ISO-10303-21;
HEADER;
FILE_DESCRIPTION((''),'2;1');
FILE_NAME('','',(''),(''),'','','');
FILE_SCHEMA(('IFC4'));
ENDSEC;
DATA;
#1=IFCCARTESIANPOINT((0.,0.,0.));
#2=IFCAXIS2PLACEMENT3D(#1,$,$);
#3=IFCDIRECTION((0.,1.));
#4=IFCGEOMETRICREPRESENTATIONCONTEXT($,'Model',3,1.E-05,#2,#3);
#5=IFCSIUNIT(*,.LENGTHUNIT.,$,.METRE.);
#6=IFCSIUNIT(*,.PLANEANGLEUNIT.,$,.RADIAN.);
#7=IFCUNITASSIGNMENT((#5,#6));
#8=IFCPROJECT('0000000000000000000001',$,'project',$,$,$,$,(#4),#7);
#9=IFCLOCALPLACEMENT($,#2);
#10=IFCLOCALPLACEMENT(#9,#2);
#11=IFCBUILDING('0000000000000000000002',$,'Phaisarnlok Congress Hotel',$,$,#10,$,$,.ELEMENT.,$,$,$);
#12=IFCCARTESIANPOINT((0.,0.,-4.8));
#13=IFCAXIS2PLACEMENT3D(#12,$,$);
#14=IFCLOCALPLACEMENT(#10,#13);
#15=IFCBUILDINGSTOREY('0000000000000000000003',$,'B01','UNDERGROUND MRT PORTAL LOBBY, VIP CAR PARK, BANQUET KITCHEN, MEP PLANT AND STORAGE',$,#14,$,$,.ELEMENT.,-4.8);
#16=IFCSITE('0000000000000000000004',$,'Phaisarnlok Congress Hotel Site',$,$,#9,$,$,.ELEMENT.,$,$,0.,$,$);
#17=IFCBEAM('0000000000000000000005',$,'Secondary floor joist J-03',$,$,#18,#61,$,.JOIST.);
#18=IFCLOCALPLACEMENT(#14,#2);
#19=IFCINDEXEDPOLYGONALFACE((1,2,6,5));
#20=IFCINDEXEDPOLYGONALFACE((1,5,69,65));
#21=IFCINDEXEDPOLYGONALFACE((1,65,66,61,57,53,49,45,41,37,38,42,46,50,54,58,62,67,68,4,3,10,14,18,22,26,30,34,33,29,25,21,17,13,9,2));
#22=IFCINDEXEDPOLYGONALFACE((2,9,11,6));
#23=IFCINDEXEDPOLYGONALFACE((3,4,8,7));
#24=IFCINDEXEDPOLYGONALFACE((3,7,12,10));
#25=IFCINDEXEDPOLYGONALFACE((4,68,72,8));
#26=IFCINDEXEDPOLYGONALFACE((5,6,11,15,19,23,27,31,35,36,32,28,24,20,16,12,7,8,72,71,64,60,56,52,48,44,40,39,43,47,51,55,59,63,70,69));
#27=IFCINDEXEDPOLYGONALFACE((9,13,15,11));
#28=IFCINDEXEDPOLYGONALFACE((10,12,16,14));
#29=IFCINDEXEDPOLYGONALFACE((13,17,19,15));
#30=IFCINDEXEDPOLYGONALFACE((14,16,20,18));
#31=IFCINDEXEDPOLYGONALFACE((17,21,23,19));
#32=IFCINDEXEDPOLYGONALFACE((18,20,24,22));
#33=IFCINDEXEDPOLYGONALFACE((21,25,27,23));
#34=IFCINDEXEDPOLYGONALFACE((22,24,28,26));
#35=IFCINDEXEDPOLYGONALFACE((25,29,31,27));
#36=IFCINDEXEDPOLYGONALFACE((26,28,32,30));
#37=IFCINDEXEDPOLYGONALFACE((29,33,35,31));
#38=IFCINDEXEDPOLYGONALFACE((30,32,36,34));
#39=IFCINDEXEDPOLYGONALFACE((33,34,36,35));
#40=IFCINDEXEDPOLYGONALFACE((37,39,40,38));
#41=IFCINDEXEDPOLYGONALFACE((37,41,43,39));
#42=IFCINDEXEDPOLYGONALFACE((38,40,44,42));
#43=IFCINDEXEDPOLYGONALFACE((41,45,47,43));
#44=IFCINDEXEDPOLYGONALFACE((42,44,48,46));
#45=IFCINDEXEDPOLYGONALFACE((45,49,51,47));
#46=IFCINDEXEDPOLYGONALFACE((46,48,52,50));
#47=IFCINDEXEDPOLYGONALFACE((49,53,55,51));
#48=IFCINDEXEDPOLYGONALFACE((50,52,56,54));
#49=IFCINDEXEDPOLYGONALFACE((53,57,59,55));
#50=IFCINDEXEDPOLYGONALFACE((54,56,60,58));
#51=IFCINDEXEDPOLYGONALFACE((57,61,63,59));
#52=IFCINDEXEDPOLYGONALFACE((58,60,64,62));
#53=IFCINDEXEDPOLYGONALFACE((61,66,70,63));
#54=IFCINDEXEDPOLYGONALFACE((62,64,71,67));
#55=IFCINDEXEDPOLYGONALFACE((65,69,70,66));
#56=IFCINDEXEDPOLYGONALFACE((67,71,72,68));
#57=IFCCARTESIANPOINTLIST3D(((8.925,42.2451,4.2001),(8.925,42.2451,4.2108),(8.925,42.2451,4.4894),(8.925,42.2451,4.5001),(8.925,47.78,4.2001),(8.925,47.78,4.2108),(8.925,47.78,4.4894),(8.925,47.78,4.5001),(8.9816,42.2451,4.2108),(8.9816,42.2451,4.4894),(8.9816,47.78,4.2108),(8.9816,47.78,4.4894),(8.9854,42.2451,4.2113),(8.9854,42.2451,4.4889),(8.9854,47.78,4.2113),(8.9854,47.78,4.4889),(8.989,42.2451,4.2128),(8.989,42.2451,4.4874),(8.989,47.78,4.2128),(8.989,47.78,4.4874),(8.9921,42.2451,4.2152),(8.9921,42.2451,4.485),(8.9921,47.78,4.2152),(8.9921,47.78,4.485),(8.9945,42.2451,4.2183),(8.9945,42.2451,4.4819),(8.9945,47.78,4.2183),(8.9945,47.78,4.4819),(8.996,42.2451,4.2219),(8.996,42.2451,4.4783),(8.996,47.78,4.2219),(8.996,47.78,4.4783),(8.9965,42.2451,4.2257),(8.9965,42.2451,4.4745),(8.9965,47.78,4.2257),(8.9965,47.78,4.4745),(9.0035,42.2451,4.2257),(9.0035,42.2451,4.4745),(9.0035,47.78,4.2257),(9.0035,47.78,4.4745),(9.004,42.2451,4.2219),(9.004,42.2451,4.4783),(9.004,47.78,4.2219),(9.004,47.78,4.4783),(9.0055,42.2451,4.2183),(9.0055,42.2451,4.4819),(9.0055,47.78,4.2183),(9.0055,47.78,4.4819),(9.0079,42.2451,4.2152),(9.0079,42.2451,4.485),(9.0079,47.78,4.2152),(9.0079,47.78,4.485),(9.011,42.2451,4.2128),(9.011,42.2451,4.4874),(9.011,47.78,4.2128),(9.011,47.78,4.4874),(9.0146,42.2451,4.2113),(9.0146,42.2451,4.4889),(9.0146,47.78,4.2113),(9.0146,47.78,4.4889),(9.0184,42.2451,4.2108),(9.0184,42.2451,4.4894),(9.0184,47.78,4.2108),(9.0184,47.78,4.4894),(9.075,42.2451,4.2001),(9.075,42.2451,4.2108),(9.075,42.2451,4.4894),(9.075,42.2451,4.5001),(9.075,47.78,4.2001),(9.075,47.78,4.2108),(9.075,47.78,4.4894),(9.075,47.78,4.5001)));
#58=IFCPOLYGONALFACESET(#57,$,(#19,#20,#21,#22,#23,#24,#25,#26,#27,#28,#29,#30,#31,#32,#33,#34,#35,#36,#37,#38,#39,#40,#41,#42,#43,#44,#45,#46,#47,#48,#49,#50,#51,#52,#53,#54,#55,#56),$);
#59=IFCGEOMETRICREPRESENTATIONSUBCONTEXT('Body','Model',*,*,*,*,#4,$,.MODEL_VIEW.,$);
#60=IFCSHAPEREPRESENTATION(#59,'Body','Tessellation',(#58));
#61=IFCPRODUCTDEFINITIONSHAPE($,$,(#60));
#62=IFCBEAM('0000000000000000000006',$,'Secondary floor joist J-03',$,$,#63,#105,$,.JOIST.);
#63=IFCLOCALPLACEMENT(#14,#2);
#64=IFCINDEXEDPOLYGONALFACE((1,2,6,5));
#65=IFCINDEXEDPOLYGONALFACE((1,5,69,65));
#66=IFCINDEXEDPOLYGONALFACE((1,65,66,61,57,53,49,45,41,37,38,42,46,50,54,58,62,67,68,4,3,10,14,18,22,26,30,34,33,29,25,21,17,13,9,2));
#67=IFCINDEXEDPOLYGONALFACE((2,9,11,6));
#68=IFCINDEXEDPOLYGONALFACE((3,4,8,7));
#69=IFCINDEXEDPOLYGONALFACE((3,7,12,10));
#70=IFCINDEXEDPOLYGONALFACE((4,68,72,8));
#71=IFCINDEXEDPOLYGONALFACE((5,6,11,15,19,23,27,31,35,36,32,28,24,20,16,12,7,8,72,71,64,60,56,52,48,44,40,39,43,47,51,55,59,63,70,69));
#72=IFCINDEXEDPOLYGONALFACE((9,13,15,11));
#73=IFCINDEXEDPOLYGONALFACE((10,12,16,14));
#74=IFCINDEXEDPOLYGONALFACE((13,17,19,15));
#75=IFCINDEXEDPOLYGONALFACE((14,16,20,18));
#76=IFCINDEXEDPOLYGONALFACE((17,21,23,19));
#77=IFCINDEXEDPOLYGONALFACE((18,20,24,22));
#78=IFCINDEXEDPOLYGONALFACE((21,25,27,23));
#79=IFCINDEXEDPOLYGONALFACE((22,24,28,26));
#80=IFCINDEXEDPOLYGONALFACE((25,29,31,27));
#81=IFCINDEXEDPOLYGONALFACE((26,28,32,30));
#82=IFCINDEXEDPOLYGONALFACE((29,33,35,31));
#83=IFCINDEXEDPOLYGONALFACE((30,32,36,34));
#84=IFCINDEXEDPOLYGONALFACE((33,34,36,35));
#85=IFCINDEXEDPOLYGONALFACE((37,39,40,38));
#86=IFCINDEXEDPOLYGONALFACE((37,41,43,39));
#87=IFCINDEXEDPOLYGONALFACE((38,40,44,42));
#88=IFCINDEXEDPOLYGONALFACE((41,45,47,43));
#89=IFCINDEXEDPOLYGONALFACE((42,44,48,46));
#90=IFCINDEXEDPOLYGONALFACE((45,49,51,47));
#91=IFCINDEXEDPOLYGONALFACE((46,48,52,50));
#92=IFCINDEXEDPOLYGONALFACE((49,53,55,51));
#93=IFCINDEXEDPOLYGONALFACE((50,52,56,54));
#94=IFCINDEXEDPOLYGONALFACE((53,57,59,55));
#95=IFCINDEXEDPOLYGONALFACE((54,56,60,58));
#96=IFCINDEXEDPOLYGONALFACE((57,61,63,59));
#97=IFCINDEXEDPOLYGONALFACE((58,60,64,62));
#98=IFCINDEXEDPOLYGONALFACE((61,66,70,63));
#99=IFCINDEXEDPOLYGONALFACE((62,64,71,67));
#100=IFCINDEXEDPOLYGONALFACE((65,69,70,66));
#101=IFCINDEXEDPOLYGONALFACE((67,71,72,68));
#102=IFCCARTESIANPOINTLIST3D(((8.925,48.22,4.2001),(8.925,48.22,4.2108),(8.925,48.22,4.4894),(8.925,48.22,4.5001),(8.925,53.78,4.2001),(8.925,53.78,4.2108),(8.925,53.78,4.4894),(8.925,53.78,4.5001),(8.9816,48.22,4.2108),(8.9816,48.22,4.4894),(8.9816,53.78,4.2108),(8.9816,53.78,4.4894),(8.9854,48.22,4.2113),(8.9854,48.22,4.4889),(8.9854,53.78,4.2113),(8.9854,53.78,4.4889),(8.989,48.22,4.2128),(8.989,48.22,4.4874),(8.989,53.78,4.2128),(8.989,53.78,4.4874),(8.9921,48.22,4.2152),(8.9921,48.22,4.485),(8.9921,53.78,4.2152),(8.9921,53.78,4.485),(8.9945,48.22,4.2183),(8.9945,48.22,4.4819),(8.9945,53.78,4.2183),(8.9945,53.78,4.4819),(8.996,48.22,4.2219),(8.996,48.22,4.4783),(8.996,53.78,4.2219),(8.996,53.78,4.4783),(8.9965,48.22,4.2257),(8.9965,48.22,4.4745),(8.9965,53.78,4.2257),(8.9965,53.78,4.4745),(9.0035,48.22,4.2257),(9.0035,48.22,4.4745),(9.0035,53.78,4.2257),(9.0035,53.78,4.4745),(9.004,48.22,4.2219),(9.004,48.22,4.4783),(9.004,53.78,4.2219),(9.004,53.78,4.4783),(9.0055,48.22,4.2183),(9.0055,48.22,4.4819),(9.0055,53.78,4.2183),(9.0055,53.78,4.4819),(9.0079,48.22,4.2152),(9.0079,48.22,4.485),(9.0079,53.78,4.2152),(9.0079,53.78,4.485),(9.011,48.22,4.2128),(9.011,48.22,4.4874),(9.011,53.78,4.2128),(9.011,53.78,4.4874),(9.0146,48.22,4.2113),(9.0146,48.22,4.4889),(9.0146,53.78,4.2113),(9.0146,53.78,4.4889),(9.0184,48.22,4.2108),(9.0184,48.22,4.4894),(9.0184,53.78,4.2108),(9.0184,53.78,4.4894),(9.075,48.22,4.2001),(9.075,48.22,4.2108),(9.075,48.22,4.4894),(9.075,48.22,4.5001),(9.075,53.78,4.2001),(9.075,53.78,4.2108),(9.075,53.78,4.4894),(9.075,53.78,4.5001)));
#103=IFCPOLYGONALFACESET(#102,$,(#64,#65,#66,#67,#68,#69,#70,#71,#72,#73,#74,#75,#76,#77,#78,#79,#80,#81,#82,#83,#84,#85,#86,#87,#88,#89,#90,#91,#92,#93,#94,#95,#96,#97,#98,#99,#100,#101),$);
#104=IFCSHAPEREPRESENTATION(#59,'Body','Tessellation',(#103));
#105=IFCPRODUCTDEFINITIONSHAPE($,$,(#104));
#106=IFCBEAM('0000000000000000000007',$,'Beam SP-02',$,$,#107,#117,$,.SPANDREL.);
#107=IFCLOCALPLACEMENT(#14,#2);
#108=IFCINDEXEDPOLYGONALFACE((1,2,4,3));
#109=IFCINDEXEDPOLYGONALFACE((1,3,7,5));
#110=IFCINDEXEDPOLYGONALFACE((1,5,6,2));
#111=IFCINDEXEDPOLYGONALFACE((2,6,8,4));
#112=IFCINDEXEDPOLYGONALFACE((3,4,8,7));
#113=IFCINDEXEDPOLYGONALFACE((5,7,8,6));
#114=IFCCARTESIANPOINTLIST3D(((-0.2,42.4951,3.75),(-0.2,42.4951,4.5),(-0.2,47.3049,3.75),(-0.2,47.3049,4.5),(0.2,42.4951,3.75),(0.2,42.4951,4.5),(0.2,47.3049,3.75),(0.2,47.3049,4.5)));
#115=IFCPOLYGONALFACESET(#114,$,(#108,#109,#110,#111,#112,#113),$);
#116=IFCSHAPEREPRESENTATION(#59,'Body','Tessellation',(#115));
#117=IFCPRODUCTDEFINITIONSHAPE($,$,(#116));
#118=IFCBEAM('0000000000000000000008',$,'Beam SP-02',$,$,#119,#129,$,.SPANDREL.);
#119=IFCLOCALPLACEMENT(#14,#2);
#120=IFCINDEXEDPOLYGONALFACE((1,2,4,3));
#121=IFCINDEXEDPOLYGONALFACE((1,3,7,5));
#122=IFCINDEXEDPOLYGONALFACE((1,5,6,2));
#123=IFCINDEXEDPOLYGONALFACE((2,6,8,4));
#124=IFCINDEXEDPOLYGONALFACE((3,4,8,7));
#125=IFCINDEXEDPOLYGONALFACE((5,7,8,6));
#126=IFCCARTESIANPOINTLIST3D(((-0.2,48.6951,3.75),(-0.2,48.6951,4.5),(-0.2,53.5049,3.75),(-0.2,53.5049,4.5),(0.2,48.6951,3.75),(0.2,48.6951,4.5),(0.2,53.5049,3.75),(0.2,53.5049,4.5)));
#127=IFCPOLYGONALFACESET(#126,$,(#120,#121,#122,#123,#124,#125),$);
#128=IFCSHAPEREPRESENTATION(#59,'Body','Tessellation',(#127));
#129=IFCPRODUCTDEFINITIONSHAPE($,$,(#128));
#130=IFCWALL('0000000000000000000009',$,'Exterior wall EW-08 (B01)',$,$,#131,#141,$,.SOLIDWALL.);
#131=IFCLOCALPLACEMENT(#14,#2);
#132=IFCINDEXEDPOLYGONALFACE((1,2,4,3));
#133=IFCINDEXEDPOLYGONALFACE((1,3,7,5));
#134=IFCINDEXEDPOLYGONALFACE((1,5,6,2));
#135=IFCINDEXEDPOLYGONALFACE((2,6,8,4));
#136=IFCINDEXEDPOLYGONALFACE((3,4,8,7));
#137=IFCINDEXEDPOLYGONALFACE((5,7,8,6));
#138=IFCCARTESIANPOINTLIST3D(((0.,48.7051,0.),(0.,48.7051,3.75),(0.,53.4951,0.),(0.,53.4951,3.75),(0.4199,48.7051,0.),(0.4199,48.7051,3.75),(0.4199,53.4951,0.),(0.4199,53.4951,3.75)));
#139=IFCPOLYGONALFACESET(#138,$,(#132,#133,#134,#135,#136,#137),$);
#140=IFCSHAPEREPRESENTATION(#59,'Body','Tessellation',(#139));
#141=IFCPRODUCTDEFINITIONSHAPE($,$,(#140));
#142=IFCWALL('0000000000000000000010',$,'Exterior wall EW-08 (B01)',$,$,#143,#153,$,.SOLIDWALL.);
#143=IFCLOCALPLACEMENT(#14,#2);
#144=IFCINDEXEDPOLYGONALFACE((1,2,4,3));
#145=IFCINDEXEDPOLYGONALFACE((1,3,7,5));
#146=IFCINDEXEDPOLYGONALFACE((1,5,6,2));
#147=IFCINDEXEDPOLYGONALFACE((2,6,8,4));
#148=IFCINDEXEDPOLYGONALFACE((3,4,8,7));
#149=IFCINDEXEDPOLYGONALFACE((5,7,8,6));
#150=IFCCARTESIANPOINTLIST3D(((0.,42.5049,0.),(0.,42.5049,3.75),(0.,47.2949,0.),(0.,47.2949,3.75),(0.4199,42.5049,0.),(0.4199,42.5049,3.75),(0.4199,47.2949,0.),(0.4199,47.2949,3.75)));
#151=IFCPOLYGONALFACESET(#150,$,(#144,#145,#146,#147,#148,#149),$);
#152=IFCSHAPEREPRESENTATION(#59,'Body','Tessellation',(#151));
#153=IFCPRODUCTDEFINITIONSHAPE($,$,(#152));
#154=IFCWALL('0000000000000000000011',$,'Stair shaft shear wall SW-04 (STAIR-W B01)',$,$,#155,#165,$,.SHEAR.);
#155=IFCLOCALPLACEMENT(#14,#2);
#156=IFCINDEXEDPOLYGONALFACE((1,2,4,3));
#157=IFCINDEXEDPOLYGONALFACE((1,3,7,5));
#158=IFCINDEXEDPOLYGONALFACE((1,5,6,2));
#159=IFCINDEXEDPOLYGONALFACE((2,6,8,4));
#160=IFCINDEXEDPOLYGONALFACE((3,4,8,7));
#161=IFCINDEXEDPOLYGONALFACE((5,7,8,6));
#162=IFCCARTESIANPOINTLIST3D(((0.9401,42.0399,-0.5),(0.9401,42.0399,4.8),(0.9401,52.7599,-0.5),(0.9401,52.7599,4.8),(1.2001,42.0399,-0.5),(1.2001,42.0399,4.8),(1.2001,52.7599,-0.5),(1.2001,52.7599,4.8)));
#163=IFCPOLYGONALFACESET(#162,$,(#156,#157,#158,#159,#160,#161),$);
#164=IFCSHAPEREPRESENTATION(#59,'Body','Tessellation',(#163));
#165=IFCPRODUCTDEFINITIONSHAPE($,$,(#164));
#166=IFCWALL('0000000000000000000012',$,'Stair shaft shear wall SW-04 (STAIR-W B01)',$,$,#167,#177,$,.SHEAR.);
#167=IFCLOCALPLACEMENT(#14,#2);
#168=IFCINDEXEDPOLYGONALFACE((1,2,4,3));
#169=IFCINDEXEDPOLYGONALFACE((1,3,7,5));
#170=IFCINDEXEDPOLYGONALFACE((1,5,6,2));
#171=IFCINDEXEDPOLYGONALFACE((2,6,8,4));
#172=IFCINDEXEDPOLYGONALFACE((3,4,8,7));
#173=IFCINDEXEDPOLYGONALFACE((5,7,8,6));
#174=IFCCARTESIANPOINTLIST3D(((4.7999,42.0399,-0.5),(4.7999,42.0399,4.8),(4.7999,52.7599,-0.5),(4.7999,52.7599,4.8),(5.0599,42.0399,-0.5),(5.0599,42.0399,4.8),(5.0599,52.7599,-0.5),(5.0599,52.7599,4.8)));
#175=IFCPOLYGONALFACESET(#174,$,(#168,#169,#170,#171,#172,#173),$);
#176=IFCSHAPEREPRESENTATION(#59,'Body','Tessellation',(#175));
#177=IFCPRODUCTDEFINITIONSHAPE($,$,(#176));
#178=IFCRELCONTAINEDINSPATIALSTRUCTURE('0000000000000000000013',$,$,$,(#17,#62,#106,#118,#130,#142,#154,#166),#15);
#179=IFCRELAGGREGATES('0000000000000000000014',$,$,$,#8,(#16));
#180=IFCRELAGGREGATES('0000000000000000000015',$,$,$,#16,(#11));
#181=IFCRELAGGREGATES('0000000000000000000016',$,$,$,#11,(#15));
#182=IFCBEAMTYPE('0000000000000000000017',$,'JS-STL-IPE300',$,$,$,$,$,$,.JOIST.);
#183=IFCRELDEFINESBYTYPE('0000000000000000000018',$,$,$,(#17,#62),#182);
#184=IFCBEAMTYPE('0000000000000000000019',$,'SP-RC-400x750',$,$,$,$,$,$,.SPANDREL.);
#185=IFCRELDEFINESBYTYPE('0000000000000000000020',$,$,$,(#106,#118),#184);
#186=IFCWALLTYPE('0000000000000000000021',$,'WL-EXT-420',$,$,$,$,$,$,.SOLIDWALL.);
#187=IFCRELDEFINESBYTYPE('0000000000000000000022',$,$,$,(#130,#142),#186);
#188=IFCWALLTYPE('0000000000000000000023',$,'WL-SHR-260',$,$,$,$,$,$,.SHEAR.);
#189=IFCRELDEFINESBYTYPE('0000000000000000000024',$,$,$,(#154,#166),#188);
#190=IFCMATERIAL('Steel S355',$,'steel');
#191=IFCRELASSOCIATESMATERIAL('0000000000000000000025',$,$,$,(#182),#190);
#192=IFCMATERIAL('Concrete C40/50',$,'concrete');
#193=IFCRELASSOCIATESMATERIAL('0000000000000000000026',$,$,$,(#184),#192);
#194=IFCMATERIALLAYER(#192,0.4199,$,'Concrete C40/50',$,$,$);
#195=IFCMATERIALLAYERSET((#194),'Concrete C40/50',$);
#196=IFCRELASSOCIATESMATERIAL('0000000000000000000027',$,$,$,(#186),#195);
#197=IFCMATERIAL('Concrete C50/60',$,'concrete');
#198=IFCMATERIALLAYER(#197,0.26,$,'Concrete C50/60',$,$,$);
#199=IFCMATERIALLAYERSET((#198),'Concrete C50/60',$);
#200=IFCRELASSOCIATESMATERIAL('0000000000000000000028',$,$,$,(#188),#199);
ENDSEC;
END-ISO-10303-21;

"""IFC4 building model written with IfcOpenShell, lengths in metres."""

from ifc_helpers import new_model, si_unit, direction, frame, frame_2d, origin, origin_2d, place, context, subcontext, project, spatial, rectangle, i_section, extrude, material, layer, layer_set, material_profile, profile_set, type_object, element, save


model = new_model("IFC4")

# Units and contexts
model_context = context("Model", 3, precision=1e-05, world=origin(), true_north=direction((0.0, 1.0)))
body_context = subcontext(model_context, "Body", "Model", "MODEL_VIEW")
ifc_project = project(units=[si_unit("LENGTHUNIT", "METRE"), si_unit("PLANEANGLEUNIT", "RADIAN")], contexts=[model_context])

# Site, building, storey
site_placement = place(None, origin())
site = spatial("IfcSite", under=ifc_project, at=site_placement, Name="Phaisarnlok Congress Hotel Site", CompositionType="ELEMENT", RefElevation=0.0)
building_placement = place(site_placement, origin())
building = spatial("IfcBuilding", under=site, at=building_placement, Name="Phaisarnlok Congress Hotel", CompositionType="ELEMENT")
storey_placement = place(building_placement, frame((0.0, 0.0, -4.8)))
storey = spatial("IfcBuildingStorey", under=building, at=storey_placement, Name="B01", Description="UNDERGROUND MRT PORTAL LOBBY, VIP CAR PARK, BANQUET KITCHEN, MEP PLANT AND STORAGE", CompositionType="ELEMENT", Elevation=-4.8)

# Shared definitions
ifc_material_1 = material(Name="Concrete C40/50", Category="concrete")

# Shared definitions
ifc_material_2 = material(Name="Concrete C50/60", Category="concrete")

# Beams
ifc_material_3 = material(Name="Steel S355", Category="steel")
ifc_material_profile_1 = material_profile(ifc_material_3, i_section(OverallWidth=0.1499, OverallDepth=0.3, WebThickness=0.0071, FlangeThickness=0.0107, FilletRadius=0.0149, at=origin_2d()), Name="IPE 300")
ifc_profile_set_1 = profile_set([ifc_material_profile_1], Name="Steel S355")
beam_type_1 = type_object("IfcBeamType", Name="JS-STL-IPE300", PredefinedType="JOIST", material=ifc_profile_set_1)
beam_1_placement = place(storey_placement, frame((9.0, 42.2451, 4.3501), z_axis=(0.0, 1.0, 0.0), x_axis=(-1.0, 0.0, 0.0)))
element("IfcBeam", 1, at=beam_1_placement, inside=storey, type_object=beam_type_1, Name="Secondary floor joist J-03", PredefinedType="JOIST", context=body_context, shape_type="SweptSolid", body=[
    extrude(i_section(OverallWidth=0.1499, OverallDepth=0.3, WebThickness=0.0071, FlangeThickness=0.0107, FilletRadius=0.0149, at=origin_2d()), origin(), (0.0, 0.0, 1.0), 5.5349),
])
beam_2_placement = place(storey_placement, frame((9.0, 48.22, 4.3501), z_axis=(0.0, 1.0, 0.0), x_axis=(-1.0, 0.0, 0.0)))
element("IfcBeam", 2, at=beam_2_placement, inside=storey, type_object=beam_type_1, Name="Secondary floor joist J-03", PredefinedType="JOIST", context=body_context, shape_type="SweptSolid", body=[
    extrude(i_section(OverallWidth=0.1499, OverallDepth=0.3, WebThickness=0.0071, FlangeThickness=0.0107, FilletRadius=0.0149, at=origin_2d()), origin(), (0.0, 0.0, 1.0), 5.5601),
])
ifc_material_profile_2 = material_profile(ifc_material_1, rectangle(XDim=0.3999, YDim=0.75, at=origin_2d()), Name="RC 400x750")
ifc_profile_set_2 = profile_set([ifc_material_profile_2], Name="Concrete C40/50")
beam_type_2 = type_object("IfcBeamType", Name="SP-RC-400x750", PredefinedType="SPANDREL", material=ifc_profile_set_2)
for number, where, z_axis, x_axis, name in (
    (3, (0.0, 42.4951, 4.125), (0.0, 1.0, 0.0), (-1.0, 0.0, 0.0), "Beam SP-02"),
    (4, (0.0, 48.6951, 4.125), (0.0, 1.0, 0.0), (-1.0, 0.0, 0.0), "Beam SP-02"),
):
    element("IfcBeam", number, at=place(storey_placement, frame(where, z_axis=z_axis, x_axis=x_axis)), inside=storey, type_object=beam_type_2, Name=name, PredefinedType="SPANDREL", context=body_context, shape_type="SweptSolid", body=[
        extrude(rectangle(XDim=0.3999, YDim=0.75, at=origin_2d()), origin(), (0.0, 0.0, 1.0), 4.8098),
    ])

# Walls
ifc_layer_1 = layer(ifc_material_1, 0.4199, Name="Concrete C40/50")
ifc_layer_set_1 = layer_set([ifc_layer_1], Name="Concrete C40/50")
wall_type_1 = type_object("IfcWallType", Name="WL-EXT-420", PredefinedType="SOLIDWALL", material=ifc_layer_set_1)
for number, where, z_axis, x_axis, name in (
    (5, (0.21, 53.4951, 0.0), (0.0, 0.0, 1.0), (0.0, -1.0, 0.0), "Exterior wall EW-08 (B01)"),
    (6, (0.21, 47.2949, 0.0), (0.0, 0.0, 1.0), (0.0, -1.0, 0.0), "Exterior wall EW-08 (B01)"),
):
    element("IfcWall", number, at=place(storey_placement, frame(where, z_axis=z_axis, x_axis=x_axis)), inside=storey, type_object=wall_type_1, Name=name, PredefinedType="SOLIDWALL", context=body_context, shape_type="SweptSolid", body=[
        extrude(rectangle(XDim=4.79, YDim=0.4199, at=frame_2d((2.395, 0.0))), origin(), (0.0, 0.0, 1.0), 3.75),
    ])
ifc_layer_2 = layer(ifc_material_2, 0.26, Name="Concrete C50/60")
ifc_layer_set_2 = layer_set([ifc_layer_2], Name="Concrete C50/60")
wall_type_2 = type_object("IfcWallType", Name="WL-SHR-260", PredefinedType="SHEAR", material=ifc_layer_set_2)
for number, where, z_axis, x_axis, name in (
    (7, (1.0701, 42.04, -0.5), (0.0, 0.0, 1.0), (0.0, 1.0, 0.0), "Stair shaft shear wall SW-04 (STAIR-W B01)"),
    (8, (4.9299, 42.04, -0.5), (0.0, 0.0, 1.0), (0.0, 1.0, 0.0), "Stair shaft shear wall SW-04 (STAIR-W B01)"),
):
    element("IfcWall", number, at=place(storey_placement, frame(where, z_axis=z_axis, x_axis=x_axis)), inside=storey, type_object=wall_type_2, Name=name, PredefinedType="SHEAR", context=body_context, shape_type="SweptSolid", body=[
        extrude(rectangle(XDim=10.72, YDim=0.26, at=frame_2d((5.3599, 0.0))), origin(), (0.0, 0.0, 1.0), 5.3),
    ])

save(model, "model.ifc")
